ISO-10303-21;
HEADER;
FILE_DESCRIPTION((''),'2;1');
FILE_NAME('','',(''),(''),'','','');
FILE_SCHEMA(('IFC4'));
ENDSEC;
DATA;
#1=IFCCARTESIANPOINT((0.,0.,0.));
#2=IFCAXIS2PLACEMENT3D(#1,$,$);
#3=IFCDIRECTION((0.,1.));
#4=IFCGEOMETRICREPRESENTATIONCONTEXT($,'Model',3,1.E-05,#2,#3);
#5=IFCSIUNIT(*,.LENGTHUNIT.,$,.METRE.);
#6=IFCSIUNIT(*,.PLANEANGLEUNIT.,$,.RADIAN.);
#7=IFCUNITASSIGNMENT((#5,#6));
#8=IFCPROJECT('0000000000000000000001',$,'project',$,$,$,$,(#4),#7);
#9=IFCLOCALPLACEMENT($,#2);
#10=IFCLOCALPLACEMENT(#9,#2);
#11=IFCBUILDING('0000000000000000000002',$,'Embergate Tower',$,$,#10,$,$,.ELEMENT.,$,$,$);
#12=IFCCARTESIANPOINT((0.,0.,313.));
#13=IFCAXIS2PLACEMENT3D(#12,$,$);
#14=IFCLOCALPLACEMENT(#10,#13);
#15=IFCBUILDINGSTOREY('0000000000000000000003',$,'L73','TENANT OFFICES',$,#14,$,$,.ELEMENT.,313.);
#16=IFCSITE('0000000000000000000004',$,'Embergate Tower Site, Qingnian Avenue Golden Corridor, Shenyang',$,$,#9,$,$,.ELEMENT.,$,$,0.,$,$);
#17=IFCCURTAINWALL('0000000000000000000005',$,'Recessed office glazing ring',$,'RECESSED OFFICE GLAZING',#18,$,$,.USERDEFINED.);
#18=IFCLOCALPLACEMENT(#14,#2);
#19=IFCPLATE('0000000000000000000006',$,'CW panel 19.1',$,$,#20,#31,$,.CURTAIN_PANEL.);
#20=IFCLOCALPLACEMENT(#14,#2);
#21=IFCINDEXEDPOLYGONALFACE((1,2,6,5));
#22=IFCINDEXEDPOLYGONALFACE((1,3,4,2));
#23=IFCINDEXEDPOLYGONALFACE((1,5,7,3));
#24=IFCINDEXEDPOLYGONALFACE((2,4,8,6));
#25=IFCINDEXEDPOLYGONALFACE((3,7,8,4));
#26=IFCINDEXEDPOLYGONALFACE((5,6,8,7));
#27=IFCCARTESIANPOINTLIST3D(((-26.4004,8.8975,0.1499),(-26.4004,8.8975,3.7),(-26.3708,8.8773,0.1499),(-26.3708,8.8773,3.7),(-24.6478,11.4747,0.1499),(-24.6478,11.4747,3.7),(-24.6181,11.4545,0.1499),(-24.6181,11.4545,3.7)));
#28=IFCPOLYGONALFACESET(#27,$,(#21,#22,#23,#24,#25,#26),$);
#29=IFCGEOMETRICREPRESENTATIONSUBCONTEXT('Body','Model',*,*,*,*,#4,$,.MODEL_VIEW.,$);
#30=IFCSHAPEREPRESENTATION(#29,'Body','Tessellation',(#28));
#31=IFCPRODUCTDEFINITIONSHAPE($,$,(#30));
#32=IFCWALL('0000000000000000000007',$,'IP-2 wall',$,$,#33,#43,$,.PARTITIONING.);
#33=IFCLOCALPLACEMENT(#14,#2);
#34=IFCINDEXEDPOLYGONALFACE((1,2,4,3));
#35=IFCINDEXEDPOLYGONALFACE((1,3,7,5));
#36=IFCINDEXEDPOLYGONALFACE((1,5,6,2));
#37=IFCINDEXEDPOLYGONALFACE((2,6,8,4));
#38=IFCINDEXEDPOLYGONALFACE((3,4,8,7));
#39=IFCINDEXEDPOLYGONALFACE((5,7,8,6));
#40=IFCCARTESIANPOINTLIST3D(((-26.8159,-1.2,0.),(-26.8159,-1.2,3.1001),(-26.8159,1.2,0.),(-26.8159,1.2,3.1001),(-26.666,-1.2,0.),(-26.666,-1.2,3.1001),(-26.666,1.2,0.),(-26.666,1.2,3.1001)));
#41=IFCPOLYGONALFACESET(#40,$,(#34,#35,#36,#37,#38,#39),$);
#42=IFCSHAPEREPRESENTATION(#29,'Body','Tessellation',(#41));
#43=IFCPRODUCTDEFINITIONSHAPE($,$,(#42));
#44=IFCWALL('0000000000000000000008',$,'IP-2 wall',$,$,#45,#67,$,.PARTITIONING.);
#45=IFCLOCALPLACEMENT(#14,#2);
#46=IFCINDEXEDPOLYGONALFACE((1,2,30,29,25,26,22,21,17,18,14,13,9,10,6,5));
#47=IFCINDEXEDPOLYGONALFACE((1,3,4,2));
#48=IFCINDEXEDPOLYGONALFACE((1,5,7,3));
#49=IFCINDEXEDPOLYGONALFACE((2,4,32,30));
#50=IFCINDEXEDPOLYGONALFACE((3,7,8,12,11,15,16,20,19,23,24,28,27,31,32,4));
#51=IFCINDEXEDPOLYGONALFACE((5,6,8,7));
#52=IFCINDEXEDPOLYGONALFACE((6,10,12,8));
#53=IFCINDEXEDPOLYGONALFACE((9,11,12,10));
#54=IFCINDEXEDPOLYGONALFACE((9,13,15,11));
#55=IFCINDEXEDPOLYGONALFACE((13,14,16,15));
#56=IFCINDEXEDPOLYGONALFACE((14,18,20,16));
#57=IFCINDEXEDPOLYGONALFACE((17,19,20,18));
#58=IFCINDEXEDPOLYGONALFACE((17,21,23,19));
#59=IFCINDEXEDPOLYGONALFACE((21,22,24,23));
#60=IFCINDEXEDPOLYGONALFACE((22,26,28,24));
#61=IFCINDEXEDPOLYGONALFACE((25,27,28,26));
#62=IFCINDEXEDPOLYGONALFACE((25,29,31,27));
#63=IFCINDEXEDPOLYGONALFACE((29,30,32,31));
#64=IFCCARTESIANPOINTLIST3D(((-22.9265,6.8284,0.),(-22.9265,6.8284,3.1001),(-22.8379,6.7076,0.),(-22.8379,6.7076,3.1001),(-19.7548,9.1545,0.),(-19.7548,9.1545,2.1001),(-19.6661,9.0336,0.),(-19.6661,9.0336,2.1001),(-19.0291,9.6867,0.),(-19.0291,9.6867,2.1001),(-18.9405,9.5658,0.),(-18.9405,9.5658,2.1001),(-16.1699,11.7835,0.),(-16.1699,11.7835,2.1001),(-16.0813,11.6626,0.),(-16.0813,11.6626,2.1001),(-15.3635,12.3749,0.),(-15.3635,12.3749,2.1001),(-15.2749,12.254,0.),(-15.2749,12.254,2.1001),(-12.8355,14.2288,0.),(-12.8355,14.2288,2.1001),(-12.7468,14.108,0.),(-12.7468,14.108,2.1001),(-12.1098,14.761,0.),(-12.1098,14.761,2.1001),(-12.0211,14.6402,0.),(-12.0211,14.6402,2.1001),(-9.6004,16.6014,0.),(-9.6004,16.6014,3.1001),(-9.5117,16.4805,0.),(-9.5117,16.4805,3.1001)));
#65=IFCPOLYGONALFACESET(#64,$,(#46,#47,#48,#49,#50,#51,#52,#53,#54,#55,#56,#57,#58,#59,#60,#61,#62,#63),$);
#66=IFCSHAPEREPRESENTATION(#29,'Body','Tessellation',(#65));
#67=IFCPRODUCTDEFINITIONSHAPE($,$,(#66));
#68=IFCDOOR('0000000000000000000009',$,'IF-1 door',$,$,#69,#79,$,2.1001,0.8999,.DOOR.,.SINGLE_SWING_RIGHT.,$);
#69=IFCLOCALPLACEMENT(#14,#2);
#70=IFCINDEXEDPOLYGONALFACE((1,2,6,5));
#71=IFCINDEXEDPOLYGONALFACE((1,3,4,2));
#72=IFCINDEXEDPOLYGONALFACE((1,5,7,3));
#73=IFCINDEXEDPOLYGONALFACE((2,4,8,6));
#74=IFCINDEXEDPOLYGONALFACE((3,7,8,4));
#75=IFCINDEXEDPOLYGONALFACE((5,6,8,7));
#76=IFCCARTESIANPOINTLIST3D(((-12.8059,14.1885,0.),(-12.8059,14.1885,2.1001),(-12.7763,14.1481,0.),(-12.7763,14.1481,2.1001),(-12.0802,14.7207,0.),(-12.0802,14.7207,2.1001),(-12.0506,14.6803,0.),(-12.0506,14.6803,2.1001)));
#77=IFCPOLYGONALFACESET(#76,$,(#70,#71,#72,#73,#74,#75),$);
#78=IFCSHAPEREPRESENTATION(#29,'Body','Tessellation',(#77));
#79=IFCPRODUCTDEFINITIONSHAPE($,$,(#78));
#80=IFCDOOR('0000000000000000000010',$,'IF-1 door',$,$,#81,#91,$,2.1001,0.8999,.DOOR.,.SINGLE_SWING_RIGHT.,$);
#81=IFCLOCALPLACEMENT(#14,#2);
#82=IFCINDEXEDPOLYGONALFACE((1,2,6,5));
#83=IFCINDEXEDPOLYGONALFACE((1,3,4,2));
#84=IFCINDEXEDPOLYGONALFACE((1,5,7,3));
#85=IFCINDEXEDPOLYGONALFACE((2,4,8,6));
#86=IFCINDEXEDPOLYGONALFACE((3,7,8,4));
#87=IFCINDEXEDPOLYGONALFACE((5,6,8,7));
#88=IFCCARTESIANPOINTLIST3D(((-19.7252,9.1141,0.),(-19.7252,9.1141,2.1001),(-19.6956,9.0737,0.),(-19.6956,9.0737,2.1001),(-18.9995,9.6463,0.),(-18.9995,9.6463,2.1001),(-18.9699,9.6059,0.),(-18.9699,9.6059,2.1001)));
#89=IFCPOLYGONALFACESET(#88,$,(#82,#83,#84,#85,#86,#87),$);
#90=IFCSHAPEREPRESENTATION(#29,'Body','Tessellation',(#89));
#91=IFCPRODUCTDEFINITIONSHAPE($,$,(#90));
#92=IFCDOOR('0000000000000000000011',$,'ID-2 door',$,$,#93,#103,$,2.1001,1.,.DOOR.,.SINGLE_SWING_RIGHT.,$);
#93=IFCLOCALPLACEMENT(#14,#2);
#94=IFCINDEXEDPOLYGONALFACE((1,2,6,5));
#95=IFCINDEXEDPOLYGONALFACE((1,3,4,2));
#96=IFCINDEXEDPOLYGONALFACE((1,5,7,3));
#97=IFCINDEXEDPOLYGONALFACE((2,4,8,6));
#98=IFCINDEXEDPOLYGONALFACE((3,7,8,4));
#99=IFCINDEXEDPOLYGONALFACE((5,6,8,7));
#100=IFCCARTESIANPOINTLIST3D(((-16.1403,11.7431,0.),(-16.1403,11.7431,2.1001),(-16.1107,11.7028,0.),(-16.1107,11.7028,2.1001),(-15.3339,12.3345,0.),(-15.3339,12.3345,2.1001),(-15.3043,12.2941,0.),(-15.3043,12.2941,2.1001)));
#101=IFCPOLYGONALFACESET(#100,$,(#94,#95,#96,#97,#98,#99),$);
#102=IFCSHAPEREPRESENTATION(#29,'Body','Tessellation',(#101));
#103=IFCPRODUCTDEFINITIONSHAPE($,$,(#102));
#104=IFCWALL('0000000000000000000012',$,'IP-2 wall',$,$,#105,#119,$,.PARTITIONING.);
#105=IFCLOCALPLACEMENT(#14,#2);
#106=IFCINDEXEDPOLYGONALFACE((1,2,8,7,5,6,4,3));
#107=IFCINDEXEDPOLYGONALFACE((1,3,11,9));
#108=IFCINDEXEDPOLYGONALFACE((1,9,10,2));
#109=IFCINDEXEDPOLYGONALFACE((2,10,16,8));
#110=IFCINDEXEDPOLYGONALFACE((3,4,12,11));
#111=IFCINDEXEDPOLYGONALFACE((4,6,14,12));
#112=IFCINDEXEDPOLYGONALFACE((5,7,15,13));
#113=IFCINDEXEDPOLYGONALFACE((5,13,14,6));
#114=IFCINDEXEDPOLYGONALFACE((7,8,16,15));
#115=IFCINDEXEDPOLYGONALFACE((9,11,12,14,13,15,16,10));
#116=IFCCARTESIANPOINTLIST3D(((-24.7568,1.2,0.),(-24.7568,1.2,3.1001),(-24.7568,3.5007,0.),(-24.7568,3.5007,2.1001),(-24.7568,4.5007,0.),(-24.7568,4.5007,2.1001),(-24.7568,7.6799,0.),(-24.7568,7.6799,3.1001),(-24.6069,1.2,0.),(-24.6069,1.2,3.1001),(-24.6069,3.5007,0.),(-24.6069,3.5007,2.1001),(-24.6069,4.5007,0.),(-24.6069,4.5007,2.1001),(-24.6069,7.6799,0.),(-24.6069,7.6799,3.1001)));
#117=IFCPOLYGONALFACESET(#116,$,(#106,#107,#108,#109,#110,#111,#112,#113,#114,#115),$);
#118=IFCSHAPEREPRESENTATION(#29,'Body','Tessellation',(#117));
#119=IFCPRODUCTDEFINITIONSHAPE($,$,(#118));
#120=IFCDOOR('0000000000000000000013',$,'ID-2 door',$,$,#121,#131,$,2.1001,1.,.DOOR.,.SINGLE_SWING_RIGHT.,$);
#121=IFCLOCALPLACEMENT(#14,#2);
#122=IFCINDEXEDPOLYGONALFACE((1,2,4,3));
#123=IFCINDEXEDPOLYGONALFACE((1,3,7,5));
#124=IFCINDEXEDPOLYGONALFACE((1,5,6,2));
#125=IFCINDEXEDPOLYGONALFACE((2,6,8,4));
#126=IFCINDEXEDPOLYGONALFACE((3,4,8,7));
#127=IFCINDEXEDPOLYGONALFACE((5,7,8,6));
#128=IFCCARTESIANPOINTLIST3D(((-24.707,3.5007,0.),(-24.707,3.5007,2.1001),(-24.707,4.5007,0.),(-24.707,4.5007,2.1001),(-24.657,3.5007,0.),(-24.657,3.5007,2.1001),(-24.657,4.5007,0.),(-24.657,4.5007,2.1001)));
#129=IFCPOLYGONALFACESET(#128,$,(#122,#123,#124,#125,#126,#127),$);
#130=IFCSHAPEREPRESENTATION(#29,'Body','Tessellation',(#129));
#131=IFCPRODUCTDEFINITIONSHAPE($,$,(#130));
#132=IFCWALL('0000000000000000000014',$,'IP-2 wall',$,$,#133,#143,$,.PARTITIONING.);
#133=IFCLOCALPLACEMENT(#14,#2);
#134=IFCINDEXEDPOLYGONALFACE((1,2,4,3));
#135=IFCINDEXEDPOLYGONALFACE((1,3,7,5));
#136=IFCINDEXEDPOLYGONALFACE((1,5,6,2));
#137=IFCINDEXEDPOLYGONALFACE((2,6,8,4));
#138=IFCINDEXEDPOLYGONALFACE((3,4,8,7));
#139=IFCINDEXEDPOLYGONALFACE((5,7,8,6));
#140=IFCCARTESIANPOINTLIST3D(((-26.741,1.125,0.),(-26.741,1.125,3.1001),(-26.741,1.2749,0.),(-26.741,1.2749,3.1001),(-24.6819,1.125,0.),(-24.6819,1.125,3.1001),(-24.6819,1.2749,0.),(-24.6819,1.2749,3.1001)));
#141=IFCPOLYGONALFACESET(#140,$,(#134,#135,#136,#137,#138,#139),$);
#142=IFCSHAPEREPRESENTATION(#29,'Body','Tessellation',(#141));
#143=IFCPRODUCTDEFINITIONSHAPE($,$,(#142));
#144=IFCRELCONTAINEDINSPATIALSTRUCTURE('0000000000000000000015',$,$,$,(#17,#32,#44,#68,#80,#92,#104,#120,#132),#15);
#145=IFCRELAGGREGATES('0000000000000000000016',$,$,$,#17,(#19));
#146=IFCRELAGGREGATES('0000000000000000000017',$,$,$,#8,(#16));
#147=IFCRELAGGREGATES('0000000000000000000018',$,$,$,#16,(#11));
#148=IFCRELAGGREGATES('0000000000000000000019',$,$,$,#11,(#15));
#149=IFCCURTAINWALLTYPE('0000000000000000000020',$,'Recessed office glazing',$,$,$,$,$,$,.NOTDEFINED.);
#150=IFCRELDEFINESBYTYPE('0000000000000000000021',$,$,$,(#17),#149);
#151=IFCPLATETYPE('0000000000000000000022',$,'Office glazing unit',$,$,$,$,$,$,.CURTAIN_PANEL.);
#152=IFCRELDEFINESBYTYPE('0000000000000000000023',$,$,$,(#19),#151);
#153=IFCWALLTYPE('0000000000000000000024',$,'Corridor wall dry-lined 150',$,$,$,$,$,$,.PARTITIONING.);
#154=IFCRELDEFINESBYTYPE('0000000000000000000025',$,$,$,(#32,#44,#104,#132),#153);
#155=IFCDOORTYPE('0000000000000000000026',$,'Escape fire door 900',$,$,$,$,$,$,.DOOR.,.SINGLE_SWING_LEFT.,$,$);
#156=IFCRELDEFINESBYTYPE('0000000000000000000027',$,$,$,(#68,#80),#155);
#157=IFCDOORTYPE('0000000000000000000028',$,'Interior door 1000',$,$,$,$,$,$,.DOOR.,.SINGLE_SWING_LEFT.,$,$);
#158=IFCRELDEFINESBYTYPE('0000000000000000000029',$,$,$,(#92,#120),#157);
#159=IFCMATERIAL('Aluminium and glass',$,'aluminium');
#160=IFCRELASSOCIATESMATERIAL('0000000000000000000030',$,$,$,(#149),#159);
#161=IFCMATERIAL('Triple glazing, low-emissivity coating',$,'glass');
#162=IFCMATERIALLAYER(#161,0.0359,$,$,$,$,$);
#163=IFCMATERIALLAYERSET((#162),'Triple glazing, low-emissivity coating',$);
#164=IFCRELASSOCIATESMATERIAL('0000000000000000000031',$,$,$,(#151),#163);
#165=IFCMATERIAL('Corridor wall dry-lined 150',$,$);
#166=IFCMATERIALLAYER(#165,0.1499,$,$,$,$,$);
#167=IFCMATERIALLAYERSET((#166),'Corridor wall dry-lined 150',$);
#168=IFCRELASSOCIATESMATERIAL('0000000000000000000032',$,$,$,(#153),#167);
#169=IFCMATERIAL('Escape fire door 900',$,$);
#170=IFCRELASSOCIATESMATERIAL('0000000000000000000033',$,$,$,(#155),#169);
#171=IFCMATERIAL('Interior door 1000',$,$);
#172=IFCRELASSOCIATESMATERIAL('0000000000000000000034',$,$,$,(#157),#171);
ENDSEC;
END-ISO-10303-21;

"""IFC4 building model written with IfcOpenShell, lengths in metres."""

from ifc_helpers import new_model, si_unit, direction, frame, frame_2d, origin, origin_2d, place, context, subcontext, project, spatial, rectangle, extrude, source, transform, mapped, material, layer, layer_set, type_object, element, fill, aggregate, save


model = new_model("IFC4")

# Units and contexts
model_context = context("Model", 3, precision=1e-05, world=origin(), true_north=direction((0.0, 1.0)))
body_context = subcontext(model_context, "Body", "Model", "MODEL_VIEW")
ifc_project = project(units=[si_unit("LENGTHUNIT", "METRE"), si_unit("PLANEANGLEUNIT", "RADIAN")], contexts=[model_context])

# Site, building, storey
site_placement = place(None, origin())
site = spatial("IfcSite", under=ifc_project, at=site_placement, Name="Embergate Tower Site, Qingnian Avenue Golden Corridor, Shenyang", CompositionType="ELEMENT", RefElevation=0.0)
building_placement = place(site_placement, origin())
building = spatial("IfcBuilding", under=site, at=building_placement, Name="Embergate Tower", CompositionType="ELEMENT")
storey_placement = place(building_placement, frame((0.0, 0.0, 313.0)))
storey = spatial("IfcBuildingStorey", under=building, at=storey_placement, Name="L73", Description="TENANT OFFICES", CompositionType="ELEMENT", Elevation=313.0)

# Curtain wall, plate
ifc_material_1 = material(Name="Aluminium and glass", Category="aluminium")
curtain_wall_type = type_object("IfcCurtainWallType", Name="Recessed office glazing", PredefinedType="NOTDEFINED", material=ifc_material_1)
curtain_wall_placement = place(storey_placement, origin())
curtain_wall = element("IfcCurtainWall", 1, at=curtain_wall_placement, inside=storey, type_object=curtain_wall_type, Name="Recessed office glazing ring", ObjectType="RECESSED OFFICE GLAZING", PredefinedType="USERDEFINED")
ifc_material_2 = material(Name="Triple glazing, low-emissivity coating", Category="glass")
ifc_layer_1 = layer(ifc_material_2, 0.0359)
ifc_layer_set_1 = layer_set([ifc_layer_1], Name="Triple glazing, low-emissivity coating")
plate_type = type_object("IfcPlateType", Name="Office glazing unit", PredefinedType="CURTAIN_PANEL", material=ifc_layer_set_1)
shared_shape_1 = source(origin(), body_context, "Body", "SweptSolid", [
    extrude(rectangle(XDim=3.1167, YDim=0.0359, at=origin_2d()), origin(), (0.0, 0.0, 1.0), 3.55),
])
plate_1_placement = place(storey_placement, frame((-25.5093, 10.176, 0.1499), z_axis=(0.0, 0.0, 1.0), x_axis=(-0.562343, -0.826904, 0.0)))
plate_1 = element("IfcPlate", 2, at=plate_1_placement, type_object=plate_type, Name="CW panel 19.1", PredefinedType="CURTAIN_PANEL", context=body_context, shape_type="MappedRepresentation", body=[
    mapped(shared_shape_1, transform((0.0, 0.0, 0.0))),
])
aggregate(curtain_wall, [plate_1])

# Wall
ifc_material_3 = material(Name="Corridor wall dry-lined 150")
ifc_layer_2 = layer(ifc_material_3, 0.1499)
ifc_layer_set_2 = layer_set([ifc_layer_2], Name="Corridor wall dry-lined 150")
wall_type_1 = type_object("IfcWallType", Name="Corridor wall dry-lined 150", PredefinedType="PARTITIONING", material=ifc_layer_set_2)
shared_shape_2 = source(origin(), body_context, "Body", "SweptSolid", [
    extrude(rectangle(XDim=2.3999, YDim=0.1499, at=frame_2d((1.2, 0.0))), origin(), (0.0, 0.0, 1.0), 3.1001),
])
wall_1_placement = place(storey_placement, frame((-26.741, 1.2, 0.0), z_axis=(0.0, 0.0, 1.0), x_axis=(0.0, -1.0, 0.0)))
element("IfcWall", 3, at=wall_1_placement, inside=storey, type_object=wall_type_1, Name="IP-2 wall", PredefinedType="PARTITIONING", context=body_context, shape_type="MappedRepresentation", body=[
    mapped(shared_shape_2, transform((0.0, 0.0, 0.0))),
])

# Wall, openings, doors
shared_shape_3 = source(origin(), body_context, "Body", "SweptSolid", [
    extrude(rectangle(XDim=16.5256, YDim=0.1499, at=frame_2d((8.2627, 0.0))), origin(), (0.0, 0.0, 1.0), 3.1001),
])
wall_2_placement = place(storey_placement, frame((-22.8821, 6.7681, 0.0), z_axis=(0.0, 0.0, 1.0), x_axis=(0.806393, 0.59138, 0.0)))
wall_2 = element("IfcWall", 4, at=wall_2_placement, inside=storey, type_object=wall_type_1, Name="IP-2 wall", PredefinedType="PARTITIONING", context=body_context, shape_type="MappedRepresentation", body=[
    mapped(shared_shape_3, transform((0.0, 0.0, 0.0))),
])
shared_shape_4 = source(origin(), body_context, "Body", "SweptSolid", [
    extrude(rectangle(XDim=0.8999, YDim=2.1001, at=frame_2d((0.45, 1.05))), frame((0.0, 0.085, 0.0), z_axis=(0.0, -1.0, 0.0), x_axis=(1.0, 0.0, 0.0)), (0.0, 0.0, 1.0), 0.1699),
])
opening_1_placement = place(wall_2_placement, frame((12.5137, 0.0, 0.0)))
opening_1 = element("IfcOpeningElement", 5, at=opening_1_placement, cuts=wall_2, PredefinedType="OPENING", context=body_context, shape_type="MappedRepresentation", body=[
    mapped(shared_shape_4, transform((0.0, 0.0, 0.0))),
])
shared_shape_5 = source(origin(), body_context, "Body", "SweptSolid", [
    extrude(rectangle(XDim=1.0, YDim=2.1001, at=frame_2d((0.5, 1.05))), frame((0.0, 0.085, 0.0), z_axis=(0.0, -1.0, 0.0), x_axis=(1.0, 0.0, 0.0)), (0.0, 0.0, 1.0), 0.1699),
])
opening_2_placement = place(wall_2_placement, frame((8.3787, 0.0, 0.0)))
opening_2 = element("IfcOpeningElement", 6, at=opening_2_placement, cuts=wall_2, PredefinedType="OPENING", context=body_context, shape_type="MappedRepresentation", body=[
    mapped(shared_shape_5, transform((0.0, 0.0, 0.0))),
])
opening_3_placement = place(wall_2_placement, frame((3.9331, 0.0, 0.0)))
opening_3 = element("IfcOpeningElement", 7, at=opening_3_placement, cuts=wall_2, PredefinedType="OPENING", context=body_context, shape_type="MappedRepresentation", body=[
    mapped(shared_shape_4, transform((0.0, 0.0, 0.0))),
])
ifc_material_4 = material(Name="Escape fire door 900")
door_type_1 = type_object("IfcDoorType", Name="Escape fire door 900", OperationType="SINGLE_SWING_LEFT", PredefinedType="DOOR", material=ifc_material_4)
shared_shape_6 = source(origin(), body_context, "Body", "SweptSolid", [
    extrude(rectangle(XDim=0.8999, YDim=2.1001, at=frame_2d((0.45, 1.05))), frame((0.0, 0.0249, 0.0), z_axis=(0.0, -1.0, 0.0), x_axis=(1.0, 0.0, 0.0)), (0.0, 0.0, 1.0), 0.05),
])
door_1_placement = place(opening_1_placement, origin())
door_1 = element("IfcDoor", 8, at=door_1_placement, inside=storey, type_object=door_type_1, Name="IF-1 door", OperationType="SINGLE_SWING_RIGHT", OverallHeight=2.1001, OverallWidth=0.8999, PredefinedType="DOOR", context=body_context, shape_type="MappedRepresentation", body=[
    mapped(shared_shape_6, transform((0.0, 0.0, 0.0))),
])
fill(opening_1, door_1)
door_2_placement = place(opening_3_placement, origin())
door_2 = element("IfcDoor", 9, at=door_2_placement, inside=storey, type_object=door_type_1, Name="IF-1 door", OperationType="SINGLE_SWING_RIGHT", OverallHeight=2.1001, OverallWidth=0.8999, PredefinedType="DOOR", context=body_context, shape_type="MappedRepresentation", body=[
    mapped(shared_shape_6, transform((0.0, 0.0, 0.0))),
])
fill(opening_3, door_2)
ifc_material_5 = material(Name="Interior door 1000")
door_type_2 = type_object("IfcDoorType", Name="Interior door 1000", OperationType="SINGLE_SWING_LEFT", PredefinedType="DOOR", material=ifc_material_5)
shared_shape_7 = source(origin(), body_context, "Body", "SweptSolid", [
    extrude(rectangle(XDim=1.0, YDim=2.1001, at=frame_2d((0.5, 1.05))), frame((0.0, 0.0249, 0.0), z_axis=(0.0, -1.0, 0.0), x_axis=(1.0, 0.0, 0.0)), (0.0, 0.0, 1.0), 0.05),
])
door_3_placement = place(opening_2_placement, origin())
door_3 = element("IfcDoor", 10, at=door_3_placement, inside=storey, type_object=door_type_2, Name="ID-2 door", OperationType="SINGLE_SWING_RIGHT", OverallHeight=2.1001, OverallWidth=1.0, PredefinedType="DOOR", context=body_context, shape_type="MappedRepresentation", body=[
    mapped(shared_shape_7, transform((0.0, 0.0, 0.0))),
])
fill(opening_2, door_3)

# Wall, opening, door
shared_shape_8 = source(origin(), body_context, "Body", "SweptSolid", [
    extrude(rectangle(XDim=6.48, YDim=0.1499, at=frame_2d((3.24, 0.0))), origin(), (0.0, 0.0, 1.0), 3.1001),
])
wall_3_placement = place(storey_placement, frame((-24.6819, 7.6799, 0.0), z_axis=(0.0, 0.0, 1.0), x_axis=(0.0, -1.0, 0.0)))
wall_3 = element("IfcWall", 11, at=wall_3_placement, inside=storey, type_object=wall_type_1, Name="IP-2 wall", PredefinedType="PARTITIONING", context=body_context, shape_type="MappedRepresentation", body=[
    mapped(shared_shape_8, transform((0.0, 0.0, 0.0))),
])
opening_4_placement = place(wall_3_placement, frame((3.1792, 0.0, 0.0)))
opening_4 = element("IfcOpeningElement", 12, at=opening_4_placement, cuts=wall_3, PredefinedType="OPENING", context=body_context, shape_type="MappedRepresentation", body=[
    mapped(shared_shape_5, transform((0.0, 0.0, 0.0))),
])
door_4_placement = place(opening_4_placement, origin())
door_4 = element("IfcDoor", 13, at=door_4_placement, inside=storey, type_object=door_type_2, Name="ID-2 door", OperationType="SINGLE_SWING_RIGHT", OverallHeight=2.1001, OverallWidth=1.0, PredefinedType="DOOR", context=body_context, shape_type="MappedRepresentation", body=[
    mapped(shared_shape_7, transform((0.0, 0.0, 0.0))),
])
fill(opening_4, door_4)

# Wall
shared_shape_9 = source(origin(), body_context, "Body", "SweptSolid", [
    extrude(rectangle(XDim=2.0591, YDim=0.1499, at=frame_2d((1.0295, 0.0))), origin(), (0.0, 0.0, 1.0), 3.1001),
])
wall_4_placement = place(storey_placement, frame((-24.6819, 1.2, 0.0), z_axis=(0.0, 0.0, 1.0), x_axis=(-1.0, 0.0, 0.0)))
element("IfcWall", 14, at=wall_4_placement, inside=storey, type_object=wall_type_1, Name="IP-2 wall", PredefinedType="PARTITIONING", context=body_context, shape_type="MappedRepresentation", body=[
    mapped(shared_shape_9, transform((0.0, 0.0, 0.0))),
])

save(model, "model.ifc")
